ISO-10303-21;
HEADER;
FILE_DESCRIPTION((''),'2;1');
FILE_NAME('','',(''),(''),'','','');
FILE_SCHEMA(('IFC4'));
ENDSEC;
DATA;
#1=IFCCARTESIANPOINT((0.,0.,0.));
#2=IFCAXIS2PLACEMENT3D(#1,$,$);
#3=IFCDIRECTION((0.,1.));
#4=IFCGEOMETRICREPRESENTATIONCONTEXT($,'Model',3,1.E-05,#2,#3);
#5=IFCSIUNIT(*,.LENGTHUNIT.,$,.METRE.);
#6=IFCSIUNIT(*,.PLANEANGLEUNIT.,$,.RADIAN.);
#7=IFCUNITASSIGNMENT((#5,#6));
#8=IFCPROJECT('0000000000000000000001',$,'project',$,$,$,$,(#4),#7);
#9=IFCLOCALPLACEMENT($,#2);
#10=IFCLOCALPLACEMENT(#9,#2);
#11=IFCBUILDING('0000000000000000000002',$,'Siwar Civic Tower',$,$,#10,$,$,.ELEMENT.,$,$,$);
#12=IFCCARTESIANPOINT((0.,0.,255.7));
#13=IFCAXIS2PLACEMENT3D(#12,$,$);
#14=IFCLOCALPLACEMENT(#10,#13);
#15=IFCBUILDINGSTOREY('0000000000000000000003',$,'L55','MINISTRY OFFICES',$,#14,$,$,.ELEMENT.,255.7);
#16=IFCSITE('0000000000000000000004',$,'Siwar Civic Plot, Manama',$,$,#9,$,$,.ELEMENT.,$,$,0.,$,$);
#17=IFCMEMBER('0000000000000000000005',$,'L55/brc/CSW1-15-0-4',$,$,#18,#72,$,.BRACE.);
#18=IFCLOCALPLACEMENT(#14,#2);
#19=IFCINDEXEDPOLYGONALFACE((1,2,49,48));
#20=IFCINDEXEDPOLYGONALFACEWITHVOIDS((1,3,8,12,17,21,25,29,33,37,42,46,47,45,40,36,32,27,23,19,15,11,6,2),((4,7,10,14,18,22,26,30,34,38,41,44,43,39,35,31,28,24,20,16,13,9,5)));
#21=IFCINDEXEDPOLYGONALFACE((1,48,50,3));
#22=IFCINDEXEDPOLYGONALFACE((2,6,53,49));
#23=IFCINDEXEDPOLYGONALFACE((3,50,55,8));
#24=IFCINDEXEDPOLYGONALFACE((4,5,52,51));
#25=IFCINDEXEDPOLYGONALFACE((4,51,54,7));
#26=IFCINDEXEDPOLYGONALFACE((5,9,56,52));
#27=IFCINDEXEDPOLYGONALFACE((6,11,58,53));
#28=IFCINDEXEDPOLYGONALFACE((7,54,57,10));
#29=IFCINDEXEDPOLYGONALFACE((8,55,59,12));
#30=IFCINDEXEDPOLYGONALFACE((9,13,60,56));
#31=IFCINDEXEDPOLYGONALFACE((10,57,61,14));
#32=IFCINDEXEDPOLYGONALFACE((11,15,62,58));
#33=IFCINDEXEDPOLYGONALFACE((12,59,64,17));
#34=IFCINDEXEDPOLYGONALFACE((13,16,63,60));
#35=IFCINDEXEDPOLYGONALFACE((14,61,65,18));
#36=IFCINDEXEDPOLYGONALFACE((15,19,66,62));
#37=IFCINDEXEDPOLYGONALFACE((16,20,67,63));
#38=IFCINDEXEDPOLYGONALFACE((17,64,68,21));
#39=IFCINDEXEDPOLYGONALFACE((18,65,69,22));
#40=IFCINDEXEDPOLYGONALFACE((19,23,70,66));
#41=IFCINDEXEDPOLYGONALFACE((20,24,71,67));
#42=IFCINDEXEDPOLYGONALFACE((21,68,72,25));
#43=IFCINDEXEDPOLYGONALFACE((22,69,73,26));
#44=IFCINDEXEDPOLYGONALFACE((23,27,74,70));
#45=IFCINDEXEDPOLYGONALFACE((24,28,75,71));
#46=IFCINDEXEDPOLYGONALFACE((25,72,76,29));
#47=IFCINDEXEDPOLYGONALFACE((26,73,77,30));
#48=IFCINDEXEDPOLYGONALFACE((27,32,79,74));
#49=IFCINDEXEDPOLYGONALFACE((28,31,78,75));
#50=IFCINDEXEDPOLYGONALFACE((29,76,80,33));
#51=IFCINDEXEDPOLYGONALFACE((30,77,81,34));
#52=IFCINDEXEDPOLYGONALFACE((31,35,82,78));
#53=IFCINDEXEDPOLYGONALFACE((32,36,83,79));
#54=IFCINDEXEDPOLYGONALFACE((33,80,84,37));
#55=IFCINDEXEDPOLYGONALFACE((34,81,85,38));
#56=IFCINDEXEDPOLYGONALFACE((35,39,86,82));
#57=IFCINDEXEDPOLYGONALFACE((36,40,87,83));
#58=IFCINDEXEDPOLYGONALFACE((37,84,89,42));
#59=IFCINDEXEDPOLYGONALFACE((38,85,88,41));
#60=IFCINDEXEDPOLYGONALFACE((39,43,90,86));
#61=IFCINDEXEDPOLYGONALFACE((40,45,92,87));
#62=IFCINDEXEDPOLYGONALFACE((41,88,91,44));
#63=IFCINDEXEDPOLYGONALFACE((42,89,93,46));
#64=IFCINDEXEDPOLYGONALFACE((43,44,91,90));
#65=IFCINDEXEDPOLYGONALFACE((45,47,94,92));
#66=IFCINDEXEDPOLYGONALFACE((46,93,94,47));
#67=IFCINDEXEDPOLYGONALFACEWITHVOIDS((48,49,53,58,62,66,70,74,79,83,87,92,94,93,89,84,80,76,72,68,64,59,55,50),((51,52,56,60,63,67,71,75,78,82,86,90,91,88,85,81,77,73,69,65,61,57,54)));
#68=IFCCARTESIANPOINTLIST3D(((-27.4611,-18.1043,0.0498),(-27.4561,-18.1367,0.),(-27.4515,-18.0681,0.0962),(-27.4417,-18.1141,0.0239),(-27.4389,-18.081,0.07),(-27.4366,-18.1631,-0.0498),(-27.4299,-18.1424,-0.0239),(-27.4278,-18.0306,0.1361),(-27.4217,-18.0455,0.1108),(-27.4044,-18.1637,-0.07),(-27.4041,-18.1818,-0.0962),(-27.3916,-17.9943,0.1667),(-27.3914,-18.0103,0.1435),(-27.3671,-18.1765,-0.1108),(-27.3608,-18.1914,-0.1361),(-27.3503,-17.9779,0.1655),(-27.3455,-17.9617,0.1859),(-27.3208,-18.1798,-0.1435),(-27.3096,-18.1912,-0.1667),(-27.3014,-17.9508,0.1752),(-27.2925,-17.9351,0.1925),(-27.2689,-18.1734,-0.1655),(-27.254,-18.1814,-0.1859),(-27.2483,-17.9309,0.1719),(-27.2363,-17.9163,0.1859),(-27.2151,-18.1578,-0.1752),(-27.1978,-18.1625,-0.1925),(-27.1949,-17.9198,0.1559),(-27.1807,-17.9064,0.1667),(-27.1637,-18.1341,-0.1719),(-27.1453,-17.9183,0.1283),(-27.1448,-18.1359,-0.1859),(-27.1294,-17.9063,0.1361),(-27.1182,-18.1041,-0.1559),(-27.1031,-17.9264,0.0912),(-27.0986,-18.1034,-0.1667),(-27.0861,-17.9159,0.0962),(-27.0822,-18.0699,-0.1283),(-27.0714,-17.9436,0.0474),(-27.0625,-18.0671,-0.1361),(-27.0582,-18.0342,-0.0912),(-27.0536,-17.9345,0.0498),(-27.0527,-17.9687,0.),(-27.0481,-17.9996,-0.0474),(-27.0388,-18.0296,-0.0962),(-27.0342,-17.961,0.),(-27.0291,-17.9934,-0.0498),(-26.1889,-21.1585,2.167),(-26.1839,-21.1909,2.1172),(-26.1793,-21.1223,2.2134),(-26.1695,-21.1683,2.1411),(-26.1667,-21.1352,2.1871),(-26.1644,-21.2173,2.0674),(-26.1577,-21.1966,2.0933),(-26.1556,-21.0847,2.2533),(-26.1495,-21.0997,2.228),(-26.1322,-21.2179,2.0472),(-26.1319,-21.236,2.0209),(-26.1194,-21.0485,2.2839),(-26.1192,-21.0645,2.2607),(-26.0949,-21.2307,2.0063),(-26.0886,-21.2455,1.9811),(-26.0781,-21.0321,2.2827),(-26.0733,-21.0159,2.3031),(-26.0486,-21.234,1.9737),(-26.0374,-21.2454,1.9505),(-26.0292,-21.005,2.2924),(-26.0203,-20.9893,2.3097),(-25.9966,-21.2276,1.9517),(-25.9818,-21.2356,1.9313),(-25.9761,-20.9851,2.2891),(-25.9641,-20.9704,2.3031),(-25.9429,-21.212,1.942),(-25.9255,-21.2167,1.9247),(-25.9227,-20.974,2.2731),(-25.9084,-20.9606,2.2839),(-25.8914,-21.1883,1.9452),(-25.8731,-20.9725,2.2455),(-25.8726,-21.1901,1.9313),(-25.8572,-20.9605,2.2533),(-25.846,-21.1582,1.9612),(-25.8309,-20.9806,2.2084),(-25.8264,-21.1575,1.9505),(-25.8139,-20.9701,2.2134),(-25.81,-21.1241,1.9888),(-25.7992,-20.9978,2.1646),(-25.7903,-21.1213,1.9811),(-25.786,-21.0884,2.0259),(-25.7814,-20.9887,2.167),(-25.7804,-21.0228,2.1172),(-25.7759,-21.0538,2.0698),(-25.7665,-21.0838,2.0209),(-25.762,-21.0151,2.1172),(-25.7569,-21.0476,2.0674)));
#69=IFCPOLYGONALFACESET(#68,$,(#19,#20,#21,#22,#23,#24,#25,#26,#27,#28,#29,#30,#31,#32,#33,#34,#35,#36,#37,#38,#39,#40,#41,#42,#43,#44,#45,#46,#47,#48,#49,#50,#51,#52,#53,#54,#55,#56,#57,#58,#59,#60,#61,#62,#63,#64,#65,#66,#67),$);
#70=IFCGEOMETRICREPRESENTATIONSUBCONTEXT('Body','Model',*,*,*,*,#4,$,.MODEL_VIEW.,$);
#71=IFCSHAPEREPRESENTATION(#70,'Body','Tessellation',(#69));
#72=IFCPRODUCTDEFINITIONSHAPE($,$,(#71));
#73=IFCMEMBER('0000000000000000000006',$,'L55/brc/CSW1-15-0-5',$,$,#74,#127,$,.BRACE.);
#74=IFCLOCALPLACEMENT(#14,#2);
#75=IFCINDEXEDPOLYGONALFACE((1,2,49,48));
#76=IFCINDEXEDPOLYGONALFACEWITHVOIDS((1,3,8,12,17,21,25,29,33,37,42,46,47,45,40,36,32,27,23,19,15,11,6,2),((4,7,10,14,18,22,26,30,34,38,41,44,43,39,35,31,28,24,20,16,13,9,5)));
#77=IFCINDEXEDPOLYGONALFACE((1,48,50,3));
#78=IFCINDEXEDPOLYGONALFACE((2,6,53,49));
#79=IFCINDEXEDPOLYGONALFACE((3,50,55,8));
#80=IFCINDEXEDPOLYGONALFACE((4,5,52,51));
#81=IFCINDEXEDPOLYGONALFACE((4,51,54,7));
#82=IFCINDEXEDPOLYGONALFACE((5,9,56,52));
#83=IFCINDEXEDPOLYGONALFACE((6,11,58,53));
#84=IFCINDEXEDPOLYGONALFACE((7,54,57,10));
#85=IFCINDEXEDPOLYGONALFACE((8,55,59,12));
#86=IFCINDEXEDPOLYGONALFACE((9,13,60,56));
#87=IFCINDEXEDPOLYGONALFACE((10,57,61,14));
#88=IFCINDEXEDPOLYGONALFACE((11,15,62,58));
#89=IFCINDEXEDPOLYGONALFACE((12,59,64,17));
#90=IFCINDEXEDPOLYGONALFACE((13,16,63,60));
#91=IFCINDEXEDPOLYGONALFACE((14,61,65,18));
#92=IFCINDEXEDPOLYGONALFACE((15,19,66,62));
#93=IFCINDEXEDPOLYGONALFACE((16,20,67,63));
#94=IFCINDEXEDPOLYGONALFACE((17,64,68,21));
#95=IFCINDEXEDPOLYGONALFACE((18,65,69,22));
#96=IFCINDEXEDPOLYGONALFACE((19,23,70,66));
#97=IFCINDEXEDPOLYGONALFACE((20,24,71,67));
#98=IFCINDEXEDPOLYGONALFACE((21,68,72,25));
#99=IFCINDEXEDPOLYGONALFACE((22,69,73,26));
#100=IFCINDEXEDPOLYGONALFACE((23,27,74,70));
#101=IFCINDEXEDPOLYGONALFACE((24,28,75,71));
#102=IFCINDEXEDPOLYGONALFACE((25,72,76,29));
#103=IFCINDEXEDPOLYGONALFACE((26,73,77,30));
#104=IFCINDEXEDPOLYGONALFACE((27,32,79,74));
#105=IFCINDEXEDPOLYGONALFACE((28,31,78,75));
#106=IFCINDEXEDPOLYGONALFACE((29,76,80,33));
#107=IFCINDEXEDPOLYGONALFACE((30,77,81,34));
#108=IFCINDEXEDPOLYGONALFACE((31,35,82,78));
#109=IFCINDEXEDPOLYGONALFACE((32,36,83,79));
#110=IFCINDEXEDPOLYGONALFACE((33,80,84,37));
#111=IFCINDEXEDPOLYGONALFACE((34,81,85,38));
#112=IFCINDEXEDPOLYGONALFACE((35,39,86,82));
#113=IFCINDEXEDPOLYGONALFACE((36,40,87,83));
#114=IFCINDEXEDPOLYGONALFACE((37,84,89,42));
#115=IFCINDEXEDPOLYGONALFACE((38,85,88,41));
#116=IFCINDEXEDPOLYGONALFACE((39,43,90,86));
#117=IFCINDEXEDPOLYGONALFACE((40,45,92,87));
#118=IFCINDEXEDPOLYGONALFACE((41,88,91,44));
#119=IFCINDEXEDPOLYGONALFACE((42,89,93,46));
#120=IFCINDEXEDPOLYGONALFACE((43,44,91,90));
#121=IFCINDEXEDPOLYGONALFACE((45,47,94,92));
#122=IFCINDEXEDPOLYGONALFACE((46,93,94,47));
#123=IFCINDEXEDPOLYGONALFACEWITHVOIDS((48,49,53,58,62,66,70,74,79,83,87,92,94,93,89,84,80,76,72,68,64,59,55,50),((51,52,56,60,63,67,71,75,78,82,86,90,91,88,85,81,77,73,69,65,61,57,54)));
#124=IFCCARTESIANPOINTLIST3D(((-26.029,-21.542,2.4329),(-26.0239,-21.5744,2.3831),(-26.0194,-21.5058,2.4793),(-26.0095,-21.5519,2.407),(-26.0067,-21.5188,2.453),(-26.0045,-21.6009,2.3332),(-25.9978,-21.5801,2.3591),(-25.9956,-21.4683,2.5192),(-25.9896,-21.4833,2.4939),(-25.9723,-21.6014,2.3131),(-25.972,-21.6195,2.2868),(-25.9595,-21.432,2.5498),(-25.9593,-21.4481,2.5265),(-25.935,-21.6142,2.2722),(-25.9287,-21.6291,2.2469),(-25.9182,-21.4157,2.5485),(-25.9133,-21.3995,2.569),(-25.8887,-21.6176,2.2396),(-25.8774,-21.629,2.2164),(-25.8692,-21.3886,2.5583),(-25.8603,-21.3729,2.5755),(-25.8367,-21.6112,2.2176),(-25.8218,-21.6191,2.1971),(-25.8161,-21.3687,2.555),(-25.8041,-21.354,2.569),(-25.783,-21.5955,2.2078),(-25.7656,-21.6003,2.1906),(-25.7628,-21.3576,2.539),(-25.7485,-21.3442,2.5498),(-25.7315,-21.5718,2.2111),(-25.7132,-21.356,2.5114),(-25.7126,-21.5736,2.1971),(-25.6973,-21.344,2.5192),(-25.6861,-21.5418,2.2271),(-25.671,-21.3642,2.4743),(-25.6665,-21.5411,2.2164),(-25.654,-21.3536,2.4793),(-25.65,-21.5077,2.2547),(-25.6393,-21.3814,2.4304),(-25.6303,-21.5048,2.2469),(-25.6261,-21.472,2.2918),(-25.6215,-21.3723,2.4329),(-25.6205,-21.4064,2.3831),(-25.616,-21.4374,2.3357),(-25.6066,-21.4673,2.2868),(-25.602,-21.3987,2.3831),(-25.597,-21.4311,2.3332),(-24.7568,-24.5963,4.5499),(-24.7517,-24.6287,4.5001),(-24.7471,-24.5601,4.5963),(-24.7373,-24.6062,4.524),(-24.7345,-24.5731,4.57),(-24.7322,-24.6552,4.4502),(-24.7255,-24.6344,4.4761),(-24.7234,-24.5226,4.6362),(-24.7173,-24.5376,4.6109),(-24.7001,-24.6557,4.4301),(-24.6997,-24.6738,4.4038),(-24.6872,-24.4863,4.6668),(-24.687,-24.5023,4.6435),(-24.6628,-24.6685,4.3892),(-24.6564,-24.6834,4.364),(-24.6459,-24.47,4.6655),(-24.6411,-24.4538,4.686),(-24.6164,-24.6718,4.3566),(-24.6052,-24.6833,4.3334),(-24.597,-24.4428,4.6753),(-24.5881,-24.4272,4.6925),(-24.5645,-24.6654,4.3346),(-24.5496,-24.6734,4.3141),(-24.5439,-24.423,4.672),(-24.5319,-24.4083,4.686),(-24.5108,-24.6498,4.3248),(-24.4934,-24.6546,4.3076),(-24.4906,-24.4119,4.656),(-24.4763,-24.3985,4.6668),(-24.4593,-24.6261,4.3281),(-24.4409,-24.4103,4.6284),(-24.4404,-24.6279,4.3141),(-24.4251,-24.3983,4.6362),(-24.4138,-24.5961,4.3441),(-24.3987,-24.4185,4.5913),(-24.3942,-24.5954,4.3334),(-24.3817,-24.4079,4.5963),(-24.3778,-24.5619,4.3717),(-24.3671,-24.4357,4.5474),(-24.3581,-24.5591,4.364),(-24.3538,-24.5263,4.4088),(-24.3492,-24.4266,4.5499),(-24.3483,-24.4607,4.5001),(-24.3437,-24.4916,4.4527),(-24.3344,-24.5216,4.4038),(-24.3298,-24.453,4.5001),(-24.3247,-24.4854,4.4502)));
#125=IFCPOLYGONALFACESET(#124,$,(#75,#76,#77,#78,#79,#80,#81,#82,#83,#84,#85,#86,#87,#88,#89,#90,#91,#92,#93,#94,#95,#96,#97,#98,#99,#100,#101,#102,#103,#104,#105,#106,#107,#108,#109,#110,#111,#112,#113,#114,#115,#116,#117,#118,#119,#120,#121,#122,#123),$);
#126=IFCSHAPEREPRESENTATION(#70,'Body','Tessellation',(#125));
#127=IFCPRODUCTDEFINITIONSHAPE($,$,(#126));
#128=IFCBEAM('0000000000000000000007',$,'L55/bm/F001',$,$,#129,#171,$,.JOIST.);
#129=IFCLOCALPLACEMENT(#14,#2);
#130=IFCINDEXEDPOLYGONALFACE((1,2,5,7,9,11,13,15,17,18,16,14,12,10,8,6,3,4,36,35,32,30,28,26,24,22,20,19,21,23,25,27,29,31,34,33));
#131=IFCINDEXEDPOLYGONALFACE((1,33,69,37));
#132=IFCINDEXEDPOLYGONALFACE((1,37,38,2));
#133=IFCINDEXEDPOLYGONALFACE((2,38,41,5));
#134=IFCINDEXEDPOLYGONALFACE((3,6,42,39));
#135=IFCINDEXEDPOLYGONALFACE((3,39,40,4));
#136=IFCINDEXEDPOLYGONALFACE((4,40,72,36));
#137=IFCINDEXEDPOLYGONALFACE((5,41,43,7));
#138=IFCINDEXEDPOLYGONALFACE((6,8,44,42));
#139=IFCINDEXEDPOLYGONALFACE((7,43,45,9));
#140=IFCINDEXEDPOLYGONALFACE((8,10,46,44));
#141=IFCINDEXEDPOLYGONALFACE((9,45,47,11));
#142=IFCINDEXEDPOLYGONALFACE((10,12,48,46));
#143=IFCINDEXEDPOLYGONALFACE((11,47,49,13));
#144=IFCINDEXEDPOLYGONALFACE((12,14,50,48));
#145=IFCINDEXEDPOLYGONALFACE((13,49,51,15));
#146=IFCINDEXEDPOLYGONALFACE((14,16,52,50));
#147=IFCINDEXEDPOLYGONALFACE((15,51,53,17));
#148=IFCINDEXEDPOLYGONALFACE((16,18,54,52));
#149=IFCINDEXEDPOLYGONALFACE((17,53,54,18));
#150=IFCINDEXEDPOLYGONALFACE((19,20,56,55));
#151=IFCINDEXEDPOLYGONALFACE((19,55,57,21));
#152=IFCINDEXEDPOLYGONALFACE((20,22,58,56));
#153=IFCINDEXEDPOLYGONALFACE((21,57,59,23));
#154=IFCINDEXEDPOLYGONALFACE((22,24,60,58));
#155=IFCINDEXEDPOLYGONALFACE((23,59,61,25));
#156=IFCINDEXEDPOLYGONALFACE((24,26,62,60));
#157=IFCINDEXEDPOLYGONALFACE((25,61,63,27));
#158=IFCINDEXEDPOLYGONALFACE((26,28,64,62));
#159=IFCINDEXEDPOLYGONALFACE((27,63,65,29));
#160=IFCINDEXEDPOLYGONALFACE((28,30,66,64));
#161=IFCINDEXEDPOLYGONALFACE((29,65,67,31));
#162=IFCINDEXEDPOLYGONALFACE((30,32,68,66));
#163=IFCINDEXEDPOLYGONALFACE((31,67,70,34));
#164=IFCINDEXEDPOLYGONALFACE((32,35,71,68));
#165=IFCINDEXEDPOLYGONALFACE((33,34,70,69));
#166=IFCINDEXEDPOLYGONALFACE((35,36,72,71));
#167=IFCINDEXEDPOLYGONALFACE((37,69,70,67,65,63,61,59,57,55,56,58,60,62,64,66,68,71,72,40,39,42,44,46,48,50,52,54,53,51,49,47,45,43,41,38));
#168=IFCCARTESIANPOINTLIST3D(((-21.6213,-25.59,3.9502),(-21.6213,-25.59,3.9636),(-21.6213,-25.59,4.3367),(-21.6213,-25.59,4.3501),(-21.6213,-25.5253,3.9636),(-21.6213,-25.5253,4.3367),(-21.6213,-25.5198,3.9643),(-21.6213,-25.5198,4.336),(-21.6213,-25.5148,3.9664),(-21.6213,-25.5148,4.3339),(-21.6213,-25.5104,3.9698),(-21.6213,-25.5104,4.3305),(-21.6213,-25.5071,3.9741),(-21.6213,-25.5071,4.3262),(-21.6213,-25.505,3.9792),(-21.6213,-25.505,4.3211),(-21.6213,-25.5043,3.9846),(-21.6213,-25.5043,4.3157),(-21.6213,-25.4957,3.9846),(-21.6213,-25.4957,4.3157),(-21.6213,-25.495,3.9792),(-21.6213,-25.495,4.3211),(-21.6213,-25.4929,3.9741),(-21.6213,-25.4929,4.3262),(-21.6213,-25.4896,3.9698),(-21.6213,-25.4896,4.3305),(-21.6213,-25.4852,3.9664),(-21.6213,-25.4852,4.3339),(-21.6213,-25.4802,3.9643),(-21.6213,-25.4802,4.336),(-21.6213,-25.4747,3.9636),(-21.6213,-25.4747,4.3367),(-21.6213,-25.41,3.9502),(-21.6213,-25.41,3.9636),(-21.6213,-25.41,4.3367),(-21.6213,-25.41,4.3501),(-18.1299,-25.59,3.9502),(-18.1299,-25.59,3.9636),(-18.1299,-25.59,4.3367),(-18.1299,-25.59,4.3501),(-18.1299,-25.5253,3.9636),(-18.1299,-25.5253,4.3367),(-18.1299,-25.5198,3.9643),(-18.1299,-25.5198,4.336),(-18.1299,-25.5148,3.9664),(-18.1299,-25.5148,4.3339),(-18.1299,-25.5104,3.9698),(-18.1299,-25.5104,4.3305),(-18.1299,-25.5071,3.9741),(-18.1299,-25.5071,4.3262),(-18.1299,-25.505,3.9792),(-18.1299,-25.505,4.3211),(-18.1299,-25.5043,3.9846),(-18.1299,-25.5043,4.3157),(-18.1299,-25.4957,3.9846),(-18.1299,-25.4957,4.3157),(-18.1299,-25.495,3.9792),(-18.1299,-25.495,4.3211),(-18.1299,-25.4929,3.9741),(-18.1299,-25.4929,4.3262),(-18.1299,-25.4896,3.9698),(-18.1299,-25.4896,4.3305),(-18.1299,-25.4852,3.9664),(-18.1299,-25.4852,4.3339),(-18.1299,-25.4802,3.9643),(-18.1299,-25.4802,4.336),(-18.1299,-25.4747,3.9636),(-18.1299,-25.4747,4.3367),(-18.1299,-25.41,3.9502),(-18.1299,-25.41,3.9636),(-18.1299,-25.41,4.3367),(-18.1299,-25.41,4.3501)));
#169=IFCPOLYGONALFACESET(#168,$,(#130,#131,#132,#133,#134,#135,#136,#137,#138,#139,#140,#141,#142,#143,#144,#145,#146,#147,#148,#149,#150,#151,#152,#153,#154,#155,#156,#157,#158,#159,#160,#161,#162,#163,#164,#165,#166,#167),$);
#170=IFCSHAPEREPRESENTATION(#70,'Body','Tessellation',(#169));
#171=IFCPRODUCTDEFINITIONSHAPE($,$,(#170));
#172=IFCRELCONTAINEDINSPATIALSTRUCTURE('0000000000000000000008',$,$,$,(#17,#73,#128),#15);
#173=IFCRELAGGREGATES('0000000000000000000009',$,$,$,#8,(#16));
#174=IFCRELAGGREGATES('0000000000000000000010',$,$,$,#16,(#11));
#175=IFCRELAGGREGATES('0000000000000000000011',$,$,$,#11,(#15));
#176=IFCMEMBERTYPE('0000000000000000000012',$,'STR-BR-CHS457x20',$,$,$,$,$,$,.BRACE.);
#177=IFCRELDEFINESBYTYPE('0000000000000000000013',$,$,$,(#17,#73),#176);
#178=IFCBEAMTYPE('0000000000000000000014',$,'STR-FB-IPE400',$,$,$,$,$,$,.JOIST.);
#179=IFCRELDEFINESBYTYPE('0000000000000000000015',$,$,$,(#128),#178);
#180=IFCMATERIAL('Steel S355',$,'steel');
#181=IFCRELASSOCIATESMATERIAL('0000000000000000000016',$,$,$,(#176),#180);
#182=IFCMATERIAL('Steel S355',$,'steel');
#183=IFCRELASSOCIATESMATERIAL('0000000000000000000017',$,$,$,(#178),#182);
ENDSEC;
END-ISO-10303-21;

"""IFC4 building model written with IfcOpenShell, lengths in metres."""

from ifc_helpers import new_model, si_unit, direction, frame, origin, origin_2d, place, context, subcontext, project, spatial, hollow_circle, i_section, extrude, material, material_profile, profile_set, type_object, element, save


model = new_model("IFC4")

# Units and contexts
model_context = context("Model", 3, precision=1e-05, world=origin(), true_north=direction((0.0, 1.0)))
body_context = subcontext(model_context, "Body", "Model", "MODEL_VIEW")
ifc_project = project(units=[si_unit("LENGTHUNIT", "METRE"), si_unit("PLANEANGLEUNIT", "RADIAN")], contexts=[model_context])

# Site, building, storey
site_placement = place(None, origin())
site = spatial("IfcSite", under=ifc_project, at=site_placement, Name="Siwar Civic Plot, Manama", CompositionType="ELEMENT", RefElevation=0.0)
building_placement = place(site_placement, origin())
building = spatial("IfcBuilding", under=site, at=building_placement, Name="Siwar Civic Tower", CompositionType="ELEMENT")
storey_placement = place(building_placement, frame((0.0, 0.0, 255.7)))
storey = spatial("IfcBuildingStorey", under=building, at=storey_placement, Name="L55", Description="MINISTRY OFFICES", CompositionType="ELEMENT", Elevation=255.7)

# Members
ifc_material_1 = material(Name="Steel S355", Category="steel")
ifc_material_profile_1 = material_profile(ifc_material_1, hollow_circle(Radius=0.2285, WallThickness=0.02, at=origin_2d()), Name="CHS457x20")
ifc_profile_set_1 = profile_set([ifc_material_profile_1], Name="Steel S355")
member_type_1 = type_object("IfcMemberType", Name="STR-BR-CHS457x20", PredefinedType="BRACE", material=ifc_profile_set_1)
for number, where, z_axis, x_axis, name in (
    (1, (-27.2451, -18.0488, 0.0), (0.323884, -0.777546, 0.538999), (0.923116, 0.384521, 0.0), "L55/brc/CSW1-15-0-4"),
    (2, (-25.813, -21.4866, 2.3831), (0.323895, -0.777572, 0.538955), (0.923116, 0.384521, 0.0), "L55/brc/CSW1-15-0-5"),
):
    element("IfcMember", number, at=place(storey_placement, frame(where, z_axis=z_axis, x_axis=x_axis)), inside=storey, type_object=member_type_1, Name=name, PredefinedType="BRACE", context=body_context, shape_type="SweptSolid", body=[
        extrude(hollow_circle(Radius=0.2285, WallThickness=0.02, at=origin_2d()), origin(), (0.0, 0.0, 1.0), 3.928),
    ])

# Beam
ifc_material_2 = material(Name="Steel S355", Category="steel")
ifc_material_profile_2 = material_profile(ifc_material_2, i_section(OverallWidth=0.1799, OverallDepth=0.3999, WebThickness=0.0085, FlangeThickness=0.0134, FilletRadius=0.021, at=origin_2d()), Name="IPE400")
ifc_profile_set_2 = profile_set([ifc_material_profile_2], Name="Steel S355")
beam_type_1 = type_object("IfcBeamType", Name="STR-FB-IPE400", PredefinedType="JOIST", material=ifc_profile_set_2)
beam_1_placement = place(storey_placement, frame((-21.6213, -25.5, 4.1501), z_axis=(1.0, 0.0, 0.0), x_axis=(0.0, 1.0, 0.0)))
element("IfcBeam", 3, at=beam_1_placement, inside=storey, type_object=beam_type_1, Name="L55/bm/F001", PredefinedType="JOIST", context=body_context, shape_type="SweptSolid", body=[
    extrude(i_section(OverallWidth=0.1799, OverallDepth=0.3999, WebThickness=0.0085, FlangeThickness=0.0134, FilletRadius=0.021, at=origin_2d()), origin(), (0.0, 0.0, 1.0), 3.4915),
])

save(model, "model.ifc")
